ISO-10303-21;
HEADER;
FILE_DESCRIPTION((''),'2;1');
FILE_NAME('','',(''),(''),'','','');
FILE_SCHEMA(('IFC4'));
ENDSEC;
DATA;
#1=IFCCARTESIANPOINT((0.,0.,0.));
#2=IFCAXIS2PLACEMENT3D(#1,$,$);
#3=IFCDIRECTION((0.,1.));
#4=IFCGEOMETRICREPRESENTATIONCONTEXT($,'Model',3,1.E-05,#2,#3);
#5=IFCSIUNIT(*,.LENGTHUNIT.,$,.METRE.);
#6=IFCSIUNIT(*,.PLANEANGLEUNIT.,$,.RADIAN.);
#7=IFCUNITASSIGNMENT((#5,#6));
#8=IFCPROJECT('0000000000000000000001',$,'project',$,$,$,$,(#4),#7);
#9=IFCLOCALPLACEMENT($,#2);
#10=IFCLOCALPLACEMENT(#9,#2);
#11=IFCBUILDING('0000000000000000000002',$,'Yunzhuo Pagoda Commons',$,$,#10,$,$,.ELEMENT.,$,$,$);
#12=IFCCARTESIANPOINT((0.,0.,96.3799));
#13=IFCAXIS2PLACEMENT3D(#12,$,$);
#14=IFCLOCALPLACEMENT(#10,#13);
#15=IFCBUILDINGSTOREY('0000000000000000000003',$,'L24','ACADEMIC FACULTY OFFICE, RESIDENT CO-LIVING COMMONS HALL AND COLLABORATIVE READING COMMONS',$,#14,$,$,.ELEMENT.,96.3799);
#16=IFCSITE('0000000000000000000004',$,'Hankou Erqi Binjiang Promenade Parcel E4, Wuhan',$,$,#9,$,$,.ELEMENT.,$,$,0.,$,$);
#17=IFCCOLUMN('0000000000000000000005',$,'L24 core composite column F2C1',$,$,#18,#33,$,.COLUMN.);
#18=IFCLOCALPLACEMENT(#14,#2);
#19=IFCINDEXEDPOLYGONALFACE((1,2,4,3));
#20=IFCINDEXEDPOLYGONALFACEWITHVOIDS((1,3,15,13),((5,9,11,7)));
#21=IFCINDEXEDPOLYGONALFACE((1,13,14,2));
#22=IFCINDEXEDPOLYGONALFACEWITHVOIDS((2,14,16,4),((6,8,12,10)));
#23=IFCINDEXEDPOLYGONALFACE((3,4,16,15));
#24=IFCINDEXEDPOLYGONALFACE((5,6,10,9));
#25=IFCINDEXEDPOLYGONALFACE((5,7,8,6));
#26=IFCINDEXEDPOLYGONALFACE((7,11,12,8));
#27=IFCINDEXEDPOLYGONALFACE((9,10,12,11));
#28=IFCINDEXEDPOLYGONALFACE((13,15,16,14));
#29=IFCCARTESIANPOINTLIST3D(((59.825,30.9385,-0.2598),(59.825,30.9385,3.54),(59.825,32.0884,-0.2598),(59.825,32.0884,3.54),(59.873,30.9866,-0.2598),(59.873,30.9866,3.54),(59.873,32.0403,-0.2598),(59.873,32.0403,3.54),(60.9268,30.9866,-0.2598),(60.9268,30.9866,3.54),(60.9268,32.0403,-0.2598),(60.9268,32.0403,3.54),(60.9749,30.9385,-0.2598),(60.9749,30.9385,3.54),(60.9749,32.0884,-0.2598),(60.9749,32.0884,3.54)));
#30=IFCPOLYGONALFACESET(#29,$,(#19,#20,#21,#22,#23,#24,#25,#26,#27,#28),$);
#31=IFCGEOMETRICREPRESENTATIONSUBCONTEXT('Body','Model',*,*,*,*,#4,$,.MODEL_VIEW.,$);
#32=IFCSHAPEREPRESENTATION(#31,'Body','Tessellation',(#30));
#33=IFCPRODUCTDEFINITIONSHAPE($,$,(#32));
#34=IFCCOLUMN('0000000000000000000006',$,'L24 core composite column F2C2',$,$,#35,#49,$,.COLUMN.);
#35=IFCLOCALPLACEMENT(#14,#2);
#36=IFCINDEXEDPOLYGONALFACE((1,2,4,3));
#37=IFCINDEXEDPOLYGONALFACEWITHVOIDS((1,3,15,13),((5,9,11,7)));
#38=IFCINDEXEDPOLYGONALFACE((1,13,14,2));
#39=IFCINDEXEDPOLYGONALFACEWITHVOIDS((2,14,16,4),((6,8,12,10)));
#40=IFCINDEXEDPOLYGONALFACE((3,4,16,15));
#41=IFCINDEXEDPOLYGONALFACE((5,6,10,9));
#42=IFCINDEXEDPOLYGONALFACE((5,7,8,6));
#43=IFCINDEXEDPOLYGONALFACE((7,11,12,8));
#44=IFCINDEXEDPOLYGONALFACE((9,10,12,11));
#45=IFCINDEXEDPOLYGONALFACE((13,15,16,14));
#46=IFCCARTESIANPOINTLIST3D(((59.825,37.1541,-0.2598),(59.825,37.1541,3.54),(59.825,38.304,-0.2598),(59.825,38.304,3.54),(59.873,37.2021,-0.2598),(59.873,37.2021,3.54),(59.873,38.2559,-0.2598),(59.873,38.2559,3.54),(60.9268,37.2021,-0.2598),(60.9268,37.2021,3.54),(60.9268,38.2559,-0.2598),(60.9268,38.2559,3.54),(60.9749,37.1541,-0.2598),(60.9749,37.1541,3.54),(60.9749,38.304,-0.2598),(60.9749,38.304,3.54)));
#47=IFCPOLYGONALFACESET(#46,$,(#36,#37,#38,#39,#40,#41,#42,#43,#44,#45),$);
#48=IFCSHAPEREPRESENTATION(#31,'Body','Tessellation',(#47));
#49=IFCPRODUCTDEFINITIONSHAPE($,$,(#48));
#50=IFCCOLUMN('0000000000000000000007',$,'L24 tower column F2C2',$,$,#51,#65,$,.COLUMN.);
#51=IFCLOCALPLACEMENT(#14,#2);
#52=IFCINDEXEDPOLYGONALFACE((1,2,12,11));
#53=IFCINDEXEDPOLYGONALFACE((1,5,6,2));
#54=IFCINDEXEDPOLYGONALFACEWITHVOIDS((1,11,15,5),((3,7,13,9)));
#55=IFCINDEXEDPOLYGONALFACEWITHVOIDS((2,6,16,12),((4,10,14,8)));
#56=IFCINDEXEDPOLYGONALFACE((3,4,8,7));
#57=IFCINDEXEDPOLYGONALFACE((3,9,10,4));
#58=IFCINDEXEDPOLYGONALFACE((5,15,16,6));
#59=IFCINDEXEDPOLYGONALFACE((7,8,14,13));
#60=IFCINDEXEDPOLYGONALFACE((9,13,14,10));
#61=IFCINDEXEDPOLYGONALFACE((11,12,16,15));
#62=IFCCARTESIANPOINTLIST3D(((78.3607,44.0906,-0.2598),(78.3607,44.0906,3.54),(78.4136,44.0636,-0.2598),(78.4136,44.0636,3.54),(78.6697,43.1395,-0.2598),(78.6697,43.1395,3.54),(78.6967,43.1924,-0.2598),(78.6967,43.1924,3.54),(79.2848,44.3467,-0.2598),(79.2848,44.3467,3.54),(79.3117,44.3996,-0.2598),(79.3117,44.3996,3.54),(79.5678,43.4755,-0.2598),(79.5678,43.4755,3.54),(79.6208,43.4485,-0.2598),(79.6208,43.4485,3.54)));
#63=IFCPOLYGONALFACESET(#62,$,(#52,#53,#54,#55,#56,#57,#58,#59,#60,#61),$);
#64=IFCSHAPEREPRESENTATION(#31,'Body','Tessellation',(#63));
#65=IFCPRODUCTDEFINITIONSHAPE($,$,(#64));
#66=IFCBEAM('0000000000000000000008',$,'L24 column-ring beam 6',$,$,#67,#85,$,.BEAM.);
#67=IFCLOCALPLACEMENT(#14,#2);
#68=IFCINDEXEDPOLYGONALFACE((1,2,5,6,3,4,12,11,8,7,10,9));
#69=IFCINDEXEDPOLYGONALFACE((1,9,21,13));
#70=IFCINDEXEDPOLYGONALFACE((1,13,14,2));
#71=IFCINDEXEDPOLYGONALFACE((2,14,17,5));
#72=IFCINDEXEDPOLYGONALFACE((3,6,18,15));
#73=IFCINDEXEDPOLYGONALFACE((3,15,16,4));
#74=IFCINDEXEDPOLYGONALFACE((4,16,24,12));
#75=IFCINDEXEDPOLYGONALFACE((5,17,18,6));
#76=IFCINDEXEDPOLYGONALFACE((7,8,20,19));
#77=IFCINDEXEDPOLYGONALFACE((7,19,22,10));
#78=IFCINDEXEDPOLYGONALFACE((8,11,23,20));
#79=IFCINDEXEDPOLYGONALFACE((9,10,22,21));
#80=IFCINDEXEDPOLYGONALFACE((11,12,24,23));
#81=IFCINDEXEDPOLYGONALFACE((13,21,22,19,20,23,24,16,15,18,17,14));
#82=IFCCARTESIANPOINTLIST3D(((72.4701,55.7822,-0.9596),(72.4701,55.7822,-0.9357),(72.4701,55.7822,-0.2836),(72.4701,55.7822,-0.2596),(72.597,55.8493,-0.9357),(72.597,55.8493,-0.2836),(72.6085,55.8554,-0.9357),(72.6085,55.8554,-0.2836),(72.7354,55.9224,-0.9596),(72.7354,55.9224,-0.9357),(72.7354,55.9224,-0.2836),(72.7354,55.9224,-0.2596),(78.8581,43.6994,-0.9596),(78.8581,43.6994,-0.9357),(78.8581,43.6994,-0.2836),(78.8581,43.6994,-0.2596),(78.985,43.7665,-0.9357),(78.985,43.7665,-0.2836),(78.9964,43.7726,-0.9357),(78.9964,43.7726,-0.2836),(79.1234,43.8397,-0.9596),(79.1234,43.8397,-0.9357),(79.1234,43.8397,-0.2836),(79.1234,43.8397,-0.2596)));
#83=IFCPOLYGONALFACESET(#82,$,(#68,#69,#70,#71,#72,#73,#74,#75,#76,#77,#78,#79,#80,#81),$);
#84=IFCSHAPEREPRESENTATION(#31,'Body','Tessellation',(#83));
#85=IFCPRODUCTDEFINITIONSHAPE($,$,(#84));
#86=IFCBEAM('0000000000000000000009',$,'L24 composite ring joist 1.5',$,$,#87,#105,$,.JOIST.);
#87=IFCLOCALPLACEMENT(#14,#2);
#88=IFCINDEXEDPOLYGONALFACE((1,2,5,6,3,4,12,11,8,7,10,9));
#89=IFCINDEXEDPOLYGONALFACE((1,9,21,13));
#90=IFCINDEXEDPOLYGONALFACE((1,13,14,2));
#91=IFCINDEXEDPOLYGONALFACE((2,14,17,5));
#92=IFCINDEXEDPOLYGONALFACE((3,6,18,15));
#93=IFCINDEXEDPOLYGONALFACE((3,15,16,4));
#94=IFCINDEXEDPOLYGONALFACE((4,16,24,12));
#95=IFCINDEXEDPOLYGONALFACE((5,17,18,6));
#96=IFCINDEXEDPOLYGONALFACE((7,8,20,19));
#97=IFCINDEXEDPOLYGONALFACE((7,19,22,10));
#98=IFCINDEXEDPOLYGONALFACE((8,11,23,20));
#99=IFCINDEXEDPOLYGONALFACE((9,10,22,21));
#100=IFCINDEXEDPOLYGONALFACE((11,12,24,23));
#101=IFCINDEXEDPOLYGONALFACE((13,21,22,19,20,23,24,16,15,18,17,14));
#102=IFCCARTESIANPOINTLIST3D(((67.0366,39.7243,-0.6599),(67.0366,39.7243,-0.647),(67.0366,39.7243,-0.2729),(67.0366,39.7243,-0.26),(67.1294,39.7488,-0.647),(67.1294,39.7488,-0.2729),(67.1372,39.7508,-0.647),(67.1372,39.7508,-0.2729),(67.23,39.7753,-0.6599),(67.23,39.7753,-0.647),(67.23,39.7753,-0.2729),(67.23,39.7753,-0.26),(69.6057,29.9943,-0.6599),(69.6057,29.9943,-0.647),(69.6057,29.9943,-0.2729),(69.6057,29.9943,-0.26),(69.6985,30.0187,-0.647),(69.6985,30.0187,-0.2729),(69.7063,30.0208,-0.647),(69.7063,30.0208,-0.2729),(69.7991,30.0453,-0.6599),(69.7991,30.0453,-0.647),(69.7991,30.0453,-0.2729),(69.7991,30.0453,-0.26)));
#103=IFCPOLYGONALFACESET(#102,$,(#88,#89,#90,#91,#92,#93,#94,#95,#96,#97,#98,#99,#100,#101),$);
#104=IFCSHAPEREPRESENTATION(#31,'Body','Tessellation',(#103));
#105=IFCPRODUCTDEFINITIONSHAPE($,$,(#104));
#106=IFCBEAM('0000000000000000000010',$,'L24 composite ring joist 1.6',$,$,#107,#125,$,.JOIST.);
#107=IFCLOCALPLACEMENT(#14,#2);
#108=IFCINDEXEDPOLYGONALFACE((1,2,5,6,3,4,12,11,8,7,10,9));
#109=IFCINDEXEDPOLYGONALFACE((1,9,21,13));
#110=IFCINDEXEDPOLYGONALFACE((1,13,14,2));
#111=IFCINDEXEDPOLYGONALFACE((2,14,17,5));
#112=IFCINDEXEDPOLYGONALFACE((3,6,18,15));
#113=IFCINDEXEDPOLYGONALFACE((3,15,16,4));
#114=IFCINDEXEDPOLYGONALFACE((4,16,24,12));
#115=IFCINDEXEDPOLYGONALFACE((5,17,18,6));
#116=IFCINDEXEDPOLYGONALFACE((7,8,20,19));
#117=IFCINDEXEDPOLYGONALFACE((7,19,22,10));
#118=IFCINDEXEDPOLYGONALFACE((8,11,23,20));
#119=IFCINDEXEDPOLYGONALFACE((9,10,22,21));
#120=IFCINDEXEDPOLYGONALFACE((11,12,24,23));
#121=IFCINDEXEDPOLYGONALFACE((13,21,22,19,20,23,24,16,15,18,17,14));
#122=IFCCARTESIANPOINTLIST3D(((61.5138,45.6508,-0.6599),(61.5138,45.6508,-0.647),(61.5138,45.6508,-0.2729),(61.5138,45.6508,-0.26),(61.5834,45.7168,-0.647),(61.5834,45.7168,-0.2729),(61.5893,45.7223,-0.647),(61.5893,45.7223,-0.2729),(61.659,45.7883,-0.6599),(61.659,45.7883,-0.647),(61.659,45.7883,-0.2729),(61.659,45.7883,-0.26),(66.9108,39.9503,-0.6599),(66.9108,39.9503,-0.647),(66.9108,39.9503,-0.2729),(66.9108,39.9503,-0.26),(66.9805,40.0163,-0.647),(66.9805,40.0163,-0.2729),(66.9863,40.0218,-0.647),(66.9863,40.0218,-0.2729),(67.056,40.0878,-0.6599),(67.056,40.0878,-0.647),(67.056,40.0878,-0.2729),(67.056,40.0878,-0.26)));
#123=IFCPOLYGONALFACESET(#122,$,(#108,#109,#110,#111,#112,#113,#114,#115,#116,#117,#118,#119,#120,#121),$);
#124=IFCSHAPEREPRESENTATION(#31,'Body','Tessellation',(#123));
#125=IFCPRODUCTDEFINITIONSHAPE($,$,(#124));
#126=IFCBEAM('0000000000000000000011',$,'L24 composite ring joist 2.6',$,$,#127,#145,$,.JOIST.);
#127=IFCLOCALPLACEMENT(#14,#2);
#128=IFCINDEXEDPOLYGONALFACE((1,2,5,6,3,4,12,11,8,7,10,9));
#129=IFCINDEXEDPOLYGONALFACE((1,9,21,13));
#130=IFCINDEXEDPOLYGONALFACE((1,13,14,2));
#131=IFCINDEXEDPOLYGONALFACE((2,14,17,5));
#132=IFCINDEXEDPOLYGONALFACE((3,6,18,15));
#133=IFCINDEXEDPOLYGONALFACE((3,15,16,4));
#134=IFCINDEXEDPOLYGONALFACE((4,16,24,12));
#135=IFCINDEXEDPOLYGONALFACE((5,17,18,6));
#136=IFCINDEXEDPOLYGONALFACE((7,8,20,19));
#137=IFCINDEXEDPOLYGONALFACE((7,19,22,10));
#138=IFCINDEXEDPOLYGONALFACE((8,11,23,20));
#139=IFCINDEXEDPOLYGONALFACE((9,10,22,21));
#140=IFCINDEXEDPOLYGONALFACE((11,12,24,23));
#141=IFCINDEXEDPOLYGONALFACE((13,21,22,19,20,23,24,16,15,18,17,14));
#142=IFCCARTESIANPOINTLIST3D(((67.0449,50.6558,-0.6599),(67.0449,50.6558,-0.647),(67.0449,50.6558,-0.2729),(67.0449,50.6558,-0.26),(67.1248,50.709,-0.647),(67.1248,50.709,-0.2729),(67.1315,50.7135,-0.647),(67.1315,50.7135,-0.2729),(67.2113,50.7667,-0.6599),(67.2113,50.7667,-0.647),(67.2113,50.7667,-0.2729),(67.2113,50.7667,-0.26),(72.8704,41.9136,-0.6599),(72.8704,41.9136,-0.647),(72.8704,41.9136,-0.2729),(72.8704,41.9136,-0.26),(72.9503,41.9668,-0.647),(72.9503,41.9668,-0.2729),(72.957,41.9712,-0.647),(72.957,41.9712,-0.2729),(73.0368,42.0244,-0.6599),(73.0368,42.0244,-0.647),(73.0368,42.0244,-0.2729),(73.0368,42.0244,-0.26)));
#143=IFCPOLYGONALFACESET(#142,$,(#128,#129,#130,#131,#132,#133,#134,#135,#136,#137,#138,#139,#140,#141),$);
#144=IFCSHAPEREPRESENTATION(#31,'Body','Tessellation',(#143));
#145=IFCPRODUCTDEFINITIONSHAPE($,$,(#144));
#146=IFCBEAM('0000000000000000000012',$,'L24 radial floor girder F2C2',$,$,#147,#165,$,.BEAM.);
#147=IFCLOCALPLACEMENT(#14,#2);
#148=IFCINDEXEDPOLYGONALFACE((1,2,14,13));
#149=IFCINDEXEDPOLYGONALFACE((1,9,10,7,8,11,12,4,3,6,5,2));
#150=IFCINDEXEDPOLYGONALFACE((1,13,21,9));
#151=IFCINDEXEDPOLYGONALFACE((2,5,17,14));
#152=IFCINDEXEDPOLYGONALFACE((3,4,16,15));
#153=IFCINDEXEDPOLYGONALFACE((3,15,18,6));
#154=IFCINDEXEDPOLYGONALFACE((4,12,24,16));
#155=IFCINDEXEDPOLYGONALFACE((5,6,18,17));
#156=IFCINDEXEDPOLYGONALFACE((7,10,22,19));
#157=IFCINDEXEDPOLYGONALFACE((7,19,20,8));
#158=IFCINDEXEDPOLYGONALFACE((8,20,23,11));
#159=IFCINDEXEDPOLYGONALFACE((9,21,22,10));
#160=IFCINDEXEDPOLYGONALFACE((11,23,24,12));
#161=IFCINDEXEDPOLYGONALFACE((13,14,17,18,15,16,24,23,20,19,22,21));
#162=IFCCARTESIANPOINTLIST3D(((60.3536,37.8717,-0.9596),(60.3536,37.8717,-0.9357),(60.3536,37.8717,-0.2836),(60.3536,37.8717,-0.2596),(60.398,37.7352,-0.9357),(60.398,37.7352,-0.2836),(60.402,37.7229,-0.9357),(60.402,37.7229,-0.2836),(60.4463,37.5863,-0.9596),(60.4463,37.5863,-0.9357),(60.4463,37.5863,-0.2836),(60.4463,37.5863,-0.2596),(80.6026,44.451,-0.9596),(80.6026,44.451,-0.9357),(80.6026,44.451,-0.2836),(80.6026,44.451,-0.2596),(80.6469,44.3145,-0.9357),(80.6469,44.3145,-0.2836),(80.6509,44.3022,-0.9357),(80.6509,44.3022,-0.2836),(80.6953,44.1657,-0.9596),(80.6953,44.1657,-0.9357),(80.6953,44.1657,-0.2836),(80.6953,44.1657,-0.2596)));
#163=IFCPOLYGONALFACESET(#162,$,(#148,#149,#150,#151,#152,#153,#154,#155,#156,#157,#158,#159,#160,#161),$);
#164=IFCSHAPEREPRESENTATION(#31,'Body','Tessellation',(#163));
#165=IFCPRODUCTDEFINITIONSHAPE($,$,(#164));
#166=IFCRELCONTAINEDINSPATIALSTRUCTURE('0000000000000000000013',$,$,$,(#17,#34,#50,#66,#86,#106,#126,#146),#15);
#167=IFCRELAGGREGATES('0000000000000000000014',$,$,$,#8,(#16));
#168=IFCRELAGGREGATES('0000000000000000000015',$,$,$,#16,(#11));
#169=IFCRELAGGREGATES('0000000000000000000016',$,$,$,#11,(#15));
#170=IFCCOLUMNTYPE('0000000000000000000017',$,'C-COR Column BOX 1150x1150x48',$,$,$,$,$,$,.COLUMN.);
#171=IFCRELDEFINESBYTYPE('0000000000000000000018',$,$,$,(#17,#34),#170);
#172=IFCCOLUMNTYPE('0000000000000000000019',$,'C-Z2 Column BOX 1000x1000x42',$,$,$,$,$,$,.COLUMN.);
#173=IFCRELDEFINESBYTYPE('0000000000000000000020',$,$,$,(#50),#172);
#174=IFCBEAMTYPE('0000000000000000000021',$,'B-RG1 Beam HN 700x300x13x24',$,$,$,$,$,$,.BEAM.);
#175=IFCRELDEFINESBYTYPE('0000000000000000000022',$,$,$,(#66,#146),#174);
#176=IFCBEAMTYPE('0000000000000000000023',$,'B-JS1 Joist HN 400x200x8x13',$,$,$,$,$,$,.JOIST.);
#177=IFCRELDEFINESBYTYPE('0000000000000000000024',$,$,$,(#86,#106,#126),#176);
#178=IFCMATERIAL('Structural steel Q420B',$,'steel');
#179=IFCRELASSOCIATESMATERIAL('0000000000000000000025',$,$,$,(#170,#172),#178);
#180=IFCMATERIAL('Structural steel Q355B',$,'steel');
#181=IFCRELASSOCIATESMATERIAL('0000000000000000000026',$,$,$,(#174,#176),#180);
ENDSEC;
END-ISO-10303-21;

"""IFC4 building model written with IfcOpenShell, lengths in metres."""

from ifc_helpers import new_model, si_unit, direction, frame, origin, origin_2d, place, context, subcontext, project, spatial, hollow_rectangle, i_section, extrude, source, transform, mapped, material, material_profile, profile_set, type_object, element, save


model = new_model("IFC4")

# Units and contexts
model_context = context("Model", 3, precision=1e-05, world=origin(), true_north=direction((0.0, 1.0)))
body_context = subcontext(model_context, "Body", "Model", "MODEL_VIEW")
ifc_project = project(units=[si_unit("LENGTHUNIT", "METRE"), si_unit("PLANEANGLEUNIT", "RADIAN")], contexts=[model_context])

# Site, building, storey
site_placement = place(None, origin())
site = spatial("IfcSite", under=ifc_project, at=site_placement, Name="Hankou Erqi Binjiang Promenade Parcel E4, Wuhan", CompositionType="ELEMENT", RefElevation=0.0)
building_placement = place(site_placement, origin())
building = spatial("IfcBuilding", under=site, at=building_placement, Name="Yunzhuo Pagoda Commons", CompositionType="ELEMENT")
storey_placement = place(building_placement, frame((0.0, 0.0, 96.3799)))
storey = spatial("IfcBuildingStorey", under=building, at=storey_placement, Name="L24", Description="ACADEMIC FACULTY OFFICE, RESIDENT CO-LIVING COMMONS HALL AND COLLABORATIVE READING COMMONS", CompositionType="ELEMENT", Elevation=96.3799)

# Columns
ifc_material_1 = material(Name="Structural steel Q420B", Category="steel")
ifc_material_profile_1 = material_profile(ifc_material_1, hollow_rectangle(XDim=1.1499, YDim=1.1499, WallThickness=0.0481, at=origin_2d()), Name="Structural steel Q420B")
ifc_profile_set_1 = profile_set([ifc_material_profile_1], Name="Structural steel Q420B")
column_type_1 = type_object("IfcColumnType", Name="C-COR Column BOX 1150x1150x48", PredefinedType="COLUMN", material=ifc_profile_set_1)
shared_shape_1 = source(origin(), body_context, "Body", "SweptSolid", [
    extrude(hollow_rectangle(XDim=1.1499, YDim=1.1499, WallThickness=0.0481, at=origin_2d()), origin(), (0.0, 0.0, 1.0), 3.7998),
])
for number, where, z_axis, x_axis, name in (
    (1, (60.3999, 31.5134, -0.2598), (0.0, 0.0, 1.0), (1.0, 0.0, 0.0), "L24 core composite column F2C1"),
    (2, (60.3999, 37.729, -0.2598), (0.0, 0.0, 1.0), (1.0, 0.0, 0.0), "L24 core composite column F2C2"),
):
    element("IfcColumn", number, at=place(storey_placement, frame(where, z_axis=z_axis, x_axis=x_axis)), inside=storey, type_object=column_type_1, Name=name, PredefinedType="COLUMN", context=body_context, shape_type="MappedRepresentation", body=[
        mapped(shared_shape_1, transform((0.0, 0.0, 0.0), scale=1.0)),
    ])
ifc_material_profile_2 = material_profile(ifc_material_1, hollow_rectangle(XDim=1.0, YDim=1.0, WallThickness=0.042, at=origin_2d()), Name="Structural steel Q420B")
ifc_profile_set_2 = profile_set([ifc_material_profile_2], Name="Structural steel Q420B")
column_type_2 = type_object("IfcColumnType", Name="C-Z2 Column BOX 1000x1000x42", PredefinedType="COLUMN", material=ifc_profile_set_2)
shared_shape_2 = source(origin(), body_context, "Body", "SweptSolid", [
    extrude(hollow_rectangle(XDim=1.0, YDim=1.0, WallThickness=0.042, at=origin_2d()), origin(), (0.0, 0.0, 1.0), 3.7998),
])
column_placement = place(storey_placement, frame((78.9907, 43.7695, -0.2598), z_axis=(0.0, 0.0, 1.0), x_axis=(-0.309017, 0.951057, 0.0)))
element("IfcColumn", 3, at=column_placement, inside=storey, type_object=column_type_2, Name="L24 tower column F2C2", PredefinedType="COLUMN", context=body_context, shape_type="MappedRepresentation", body=[
    mapped(shared_shape_2, transform((0.0, 0.0, 0.0), scale=1.0)),
])

# Beams
ifc_material_2 = material(Name="Structural steel Q355B", Category="steel")
ifc_material_profile_3 = material_profile(ifc_material_2, i_section(OverallWidth=0.3, OverallDepth=0.7, WebThickness=0.0129, FlangeThickness=0.0239, at=origin_2d()), Name="Structural steel Q355B")
ifc_profile_set_3 = profile_set([ifc_material_profile_3], Name="Structural steel Q355B")
beam_type_1 = type_object("IfcBeamType", Name="B-RG1 Beam HN 700x300x13x24", PredefinedType="BEAM", material=ifc_profile_set_3)
shared_shape_3 = source(origin(), body_context, "Body", "SweptSolid", [
    extrude(i_section(OverallWidth=0.3, OverallDepth=0.7, WebThickness=0.0129, FlangeThickness=0.0239, at=origin_2d()), origin(), (0.0, 0.0, 1.0), 13.6675),
])
beam_1_placement = place(storey_placement, frame((78.9907, 43.7695, -0.6096), z_axis=(-0.467384, 0.884055, 0.0), x_axis=(-0.884055, -0.467384, 0.0)))
element("IfcBeam", 4, at=beam_1_placement, inside=storey, type_object=beam_type_1, Name="L24 column-ring beam 6", PredefinedType="BEAM", context=body_context, shape_type="MappedRepresentation", body=[
    mapped(shared_shape_3, transform((0.0, 0.0, 0.0), scale=1.0)),
])
ifc_material_profile_4 = material_profile(ifc_material_2, i_section(OverallWidth=0.2, OverallDepth=0.3999, WebThickness=0.0081, FlangeThickness=0.0129, at=origin_2d()), Name="Structural steel Q355B")
ifc_profile_set_4 = profile_set([ifc_material_profile_4], Name="Structural steel Q355B")
beam_type_2 = type_object("IfcBeamType", Name="B-JS1 Joist HN 400x200x8x13", PredefinedType="JOIST", material=ifc_profile_set_4)
shared_shape_4 = source(origin(), body_context, "Body", "SweptSolid", [
    extrude(i_section(OverallWidth=0.2, OverallDepth=0.3999, WebThickness=0.0081, FlangeThickness=0.0129, at=origin_2d()), origin(), (0.0, 0.0, 1.0), 10.0635),
])
beam_2_placement = place(storey_placement, frame((69.7024, 30.0198, -0.46), z_axis=(-0.25529, 0.966865, 0.0), x_axis=(-0.966865, -0.25529, 0.0)))
element("IfcBeam", 5, at=beam_2_placement, inside=storey, type_object=beam_type_2, Name="L24 composite ring joist 1.5", PredefinedType="JOIST", context=body_context, shape_type="MappedRepresentation", body=[
    mapped(shared_shape_4, transform((0.0, 0.0, 0.0), scale=1.0)),
])
shared_shape_5 = source(origin(), body_context, "Body", "SweptSolid", [
    extrude(i_section(OverallWidth=0.2, OverallDepth=0.3999, WebThickness=0.0081, FlangeThickness=0.0129, at=origin_2d()), origin(), (0.0, 0.0, 1.0), 7.8501),
])
beam_3_placement = place(storey_placement, frame((66.9834, 40.019, -0.46), z_axis=(-0.687513, 0.726172, 0.0), x_axis=(-0.726172, -0.687513, 0.0)))
element("IfcBeam", 6, at=beam_3_placement, inside=storey, type_object=beam_type_2, Name="L24 composite ring joist 1.6", PredefinedType="JOIST", context=body_context, shape_type="MappedRepresentation", body=[
    mapped(shared_shape_5, transform((0.0, 0.0, 0.0), scale=1.0)),
])
shared_shape_6 = source(origin(), body_context, "Body", "SweptSolid", [
    extrude(i_section(OverallWidth=0.2, OverallDepth=0.3999, WebThickness=0.0081, FlangeThickness=0.0129, at=origin_2d()), origin(), (0.0, 0.0, 1.0), 10.5054),
])
beam_4_placement = place(storey_placement, frame((72.9536, 41.969, -0.46), z_axis=(-0.554523, 0.832168, 0.0), x_axis=(-0.832168, -0.554523, 0.0)))
element("IfcBeam", 7, at=beam_4_placement, inside=storey, type_object=beam_type_2, Name="L24 composite ring joist 2.6", PredefinedType="JOIST", context=body_context, shape_type="MappedRepresentation", body=[
    mapped(shared_shape_6, transform((0.0, 0.0, 0.0), scale=1.0)),
])
shared_shape_7 = source(origin(), body_context, "Body", "SweptSolid", [
    extrude(i_section(OverallWidth=0.3, OverallDepth=0.7, WebThickness=0.0129, FlangeThickness=0.0239, at=origin_2d()), origin(), (0.0, 0.0, 1.0), 21.291),
])
beam_5_placement = place(storey_placement, frame((80.6489, 44.3083, -0.6096), z_axis=(-0.951056, -0.309019, 0.0), x_axis=(0.309019, -0.951056, 0.0)))
element("IfcBeam", 8, at=beam_5_placement, inside=storey, type_object=beam_type_1, Name="L24 radial floor girder F2C2", PredefinedType="BEAM", context=body_context, shape_type="MappedRepresentation", body=[
    mapped(shared_shape_7, transform((0.0, 0.0, 0.0), scale=1.0)),
])

save(model, "model.ifc")
